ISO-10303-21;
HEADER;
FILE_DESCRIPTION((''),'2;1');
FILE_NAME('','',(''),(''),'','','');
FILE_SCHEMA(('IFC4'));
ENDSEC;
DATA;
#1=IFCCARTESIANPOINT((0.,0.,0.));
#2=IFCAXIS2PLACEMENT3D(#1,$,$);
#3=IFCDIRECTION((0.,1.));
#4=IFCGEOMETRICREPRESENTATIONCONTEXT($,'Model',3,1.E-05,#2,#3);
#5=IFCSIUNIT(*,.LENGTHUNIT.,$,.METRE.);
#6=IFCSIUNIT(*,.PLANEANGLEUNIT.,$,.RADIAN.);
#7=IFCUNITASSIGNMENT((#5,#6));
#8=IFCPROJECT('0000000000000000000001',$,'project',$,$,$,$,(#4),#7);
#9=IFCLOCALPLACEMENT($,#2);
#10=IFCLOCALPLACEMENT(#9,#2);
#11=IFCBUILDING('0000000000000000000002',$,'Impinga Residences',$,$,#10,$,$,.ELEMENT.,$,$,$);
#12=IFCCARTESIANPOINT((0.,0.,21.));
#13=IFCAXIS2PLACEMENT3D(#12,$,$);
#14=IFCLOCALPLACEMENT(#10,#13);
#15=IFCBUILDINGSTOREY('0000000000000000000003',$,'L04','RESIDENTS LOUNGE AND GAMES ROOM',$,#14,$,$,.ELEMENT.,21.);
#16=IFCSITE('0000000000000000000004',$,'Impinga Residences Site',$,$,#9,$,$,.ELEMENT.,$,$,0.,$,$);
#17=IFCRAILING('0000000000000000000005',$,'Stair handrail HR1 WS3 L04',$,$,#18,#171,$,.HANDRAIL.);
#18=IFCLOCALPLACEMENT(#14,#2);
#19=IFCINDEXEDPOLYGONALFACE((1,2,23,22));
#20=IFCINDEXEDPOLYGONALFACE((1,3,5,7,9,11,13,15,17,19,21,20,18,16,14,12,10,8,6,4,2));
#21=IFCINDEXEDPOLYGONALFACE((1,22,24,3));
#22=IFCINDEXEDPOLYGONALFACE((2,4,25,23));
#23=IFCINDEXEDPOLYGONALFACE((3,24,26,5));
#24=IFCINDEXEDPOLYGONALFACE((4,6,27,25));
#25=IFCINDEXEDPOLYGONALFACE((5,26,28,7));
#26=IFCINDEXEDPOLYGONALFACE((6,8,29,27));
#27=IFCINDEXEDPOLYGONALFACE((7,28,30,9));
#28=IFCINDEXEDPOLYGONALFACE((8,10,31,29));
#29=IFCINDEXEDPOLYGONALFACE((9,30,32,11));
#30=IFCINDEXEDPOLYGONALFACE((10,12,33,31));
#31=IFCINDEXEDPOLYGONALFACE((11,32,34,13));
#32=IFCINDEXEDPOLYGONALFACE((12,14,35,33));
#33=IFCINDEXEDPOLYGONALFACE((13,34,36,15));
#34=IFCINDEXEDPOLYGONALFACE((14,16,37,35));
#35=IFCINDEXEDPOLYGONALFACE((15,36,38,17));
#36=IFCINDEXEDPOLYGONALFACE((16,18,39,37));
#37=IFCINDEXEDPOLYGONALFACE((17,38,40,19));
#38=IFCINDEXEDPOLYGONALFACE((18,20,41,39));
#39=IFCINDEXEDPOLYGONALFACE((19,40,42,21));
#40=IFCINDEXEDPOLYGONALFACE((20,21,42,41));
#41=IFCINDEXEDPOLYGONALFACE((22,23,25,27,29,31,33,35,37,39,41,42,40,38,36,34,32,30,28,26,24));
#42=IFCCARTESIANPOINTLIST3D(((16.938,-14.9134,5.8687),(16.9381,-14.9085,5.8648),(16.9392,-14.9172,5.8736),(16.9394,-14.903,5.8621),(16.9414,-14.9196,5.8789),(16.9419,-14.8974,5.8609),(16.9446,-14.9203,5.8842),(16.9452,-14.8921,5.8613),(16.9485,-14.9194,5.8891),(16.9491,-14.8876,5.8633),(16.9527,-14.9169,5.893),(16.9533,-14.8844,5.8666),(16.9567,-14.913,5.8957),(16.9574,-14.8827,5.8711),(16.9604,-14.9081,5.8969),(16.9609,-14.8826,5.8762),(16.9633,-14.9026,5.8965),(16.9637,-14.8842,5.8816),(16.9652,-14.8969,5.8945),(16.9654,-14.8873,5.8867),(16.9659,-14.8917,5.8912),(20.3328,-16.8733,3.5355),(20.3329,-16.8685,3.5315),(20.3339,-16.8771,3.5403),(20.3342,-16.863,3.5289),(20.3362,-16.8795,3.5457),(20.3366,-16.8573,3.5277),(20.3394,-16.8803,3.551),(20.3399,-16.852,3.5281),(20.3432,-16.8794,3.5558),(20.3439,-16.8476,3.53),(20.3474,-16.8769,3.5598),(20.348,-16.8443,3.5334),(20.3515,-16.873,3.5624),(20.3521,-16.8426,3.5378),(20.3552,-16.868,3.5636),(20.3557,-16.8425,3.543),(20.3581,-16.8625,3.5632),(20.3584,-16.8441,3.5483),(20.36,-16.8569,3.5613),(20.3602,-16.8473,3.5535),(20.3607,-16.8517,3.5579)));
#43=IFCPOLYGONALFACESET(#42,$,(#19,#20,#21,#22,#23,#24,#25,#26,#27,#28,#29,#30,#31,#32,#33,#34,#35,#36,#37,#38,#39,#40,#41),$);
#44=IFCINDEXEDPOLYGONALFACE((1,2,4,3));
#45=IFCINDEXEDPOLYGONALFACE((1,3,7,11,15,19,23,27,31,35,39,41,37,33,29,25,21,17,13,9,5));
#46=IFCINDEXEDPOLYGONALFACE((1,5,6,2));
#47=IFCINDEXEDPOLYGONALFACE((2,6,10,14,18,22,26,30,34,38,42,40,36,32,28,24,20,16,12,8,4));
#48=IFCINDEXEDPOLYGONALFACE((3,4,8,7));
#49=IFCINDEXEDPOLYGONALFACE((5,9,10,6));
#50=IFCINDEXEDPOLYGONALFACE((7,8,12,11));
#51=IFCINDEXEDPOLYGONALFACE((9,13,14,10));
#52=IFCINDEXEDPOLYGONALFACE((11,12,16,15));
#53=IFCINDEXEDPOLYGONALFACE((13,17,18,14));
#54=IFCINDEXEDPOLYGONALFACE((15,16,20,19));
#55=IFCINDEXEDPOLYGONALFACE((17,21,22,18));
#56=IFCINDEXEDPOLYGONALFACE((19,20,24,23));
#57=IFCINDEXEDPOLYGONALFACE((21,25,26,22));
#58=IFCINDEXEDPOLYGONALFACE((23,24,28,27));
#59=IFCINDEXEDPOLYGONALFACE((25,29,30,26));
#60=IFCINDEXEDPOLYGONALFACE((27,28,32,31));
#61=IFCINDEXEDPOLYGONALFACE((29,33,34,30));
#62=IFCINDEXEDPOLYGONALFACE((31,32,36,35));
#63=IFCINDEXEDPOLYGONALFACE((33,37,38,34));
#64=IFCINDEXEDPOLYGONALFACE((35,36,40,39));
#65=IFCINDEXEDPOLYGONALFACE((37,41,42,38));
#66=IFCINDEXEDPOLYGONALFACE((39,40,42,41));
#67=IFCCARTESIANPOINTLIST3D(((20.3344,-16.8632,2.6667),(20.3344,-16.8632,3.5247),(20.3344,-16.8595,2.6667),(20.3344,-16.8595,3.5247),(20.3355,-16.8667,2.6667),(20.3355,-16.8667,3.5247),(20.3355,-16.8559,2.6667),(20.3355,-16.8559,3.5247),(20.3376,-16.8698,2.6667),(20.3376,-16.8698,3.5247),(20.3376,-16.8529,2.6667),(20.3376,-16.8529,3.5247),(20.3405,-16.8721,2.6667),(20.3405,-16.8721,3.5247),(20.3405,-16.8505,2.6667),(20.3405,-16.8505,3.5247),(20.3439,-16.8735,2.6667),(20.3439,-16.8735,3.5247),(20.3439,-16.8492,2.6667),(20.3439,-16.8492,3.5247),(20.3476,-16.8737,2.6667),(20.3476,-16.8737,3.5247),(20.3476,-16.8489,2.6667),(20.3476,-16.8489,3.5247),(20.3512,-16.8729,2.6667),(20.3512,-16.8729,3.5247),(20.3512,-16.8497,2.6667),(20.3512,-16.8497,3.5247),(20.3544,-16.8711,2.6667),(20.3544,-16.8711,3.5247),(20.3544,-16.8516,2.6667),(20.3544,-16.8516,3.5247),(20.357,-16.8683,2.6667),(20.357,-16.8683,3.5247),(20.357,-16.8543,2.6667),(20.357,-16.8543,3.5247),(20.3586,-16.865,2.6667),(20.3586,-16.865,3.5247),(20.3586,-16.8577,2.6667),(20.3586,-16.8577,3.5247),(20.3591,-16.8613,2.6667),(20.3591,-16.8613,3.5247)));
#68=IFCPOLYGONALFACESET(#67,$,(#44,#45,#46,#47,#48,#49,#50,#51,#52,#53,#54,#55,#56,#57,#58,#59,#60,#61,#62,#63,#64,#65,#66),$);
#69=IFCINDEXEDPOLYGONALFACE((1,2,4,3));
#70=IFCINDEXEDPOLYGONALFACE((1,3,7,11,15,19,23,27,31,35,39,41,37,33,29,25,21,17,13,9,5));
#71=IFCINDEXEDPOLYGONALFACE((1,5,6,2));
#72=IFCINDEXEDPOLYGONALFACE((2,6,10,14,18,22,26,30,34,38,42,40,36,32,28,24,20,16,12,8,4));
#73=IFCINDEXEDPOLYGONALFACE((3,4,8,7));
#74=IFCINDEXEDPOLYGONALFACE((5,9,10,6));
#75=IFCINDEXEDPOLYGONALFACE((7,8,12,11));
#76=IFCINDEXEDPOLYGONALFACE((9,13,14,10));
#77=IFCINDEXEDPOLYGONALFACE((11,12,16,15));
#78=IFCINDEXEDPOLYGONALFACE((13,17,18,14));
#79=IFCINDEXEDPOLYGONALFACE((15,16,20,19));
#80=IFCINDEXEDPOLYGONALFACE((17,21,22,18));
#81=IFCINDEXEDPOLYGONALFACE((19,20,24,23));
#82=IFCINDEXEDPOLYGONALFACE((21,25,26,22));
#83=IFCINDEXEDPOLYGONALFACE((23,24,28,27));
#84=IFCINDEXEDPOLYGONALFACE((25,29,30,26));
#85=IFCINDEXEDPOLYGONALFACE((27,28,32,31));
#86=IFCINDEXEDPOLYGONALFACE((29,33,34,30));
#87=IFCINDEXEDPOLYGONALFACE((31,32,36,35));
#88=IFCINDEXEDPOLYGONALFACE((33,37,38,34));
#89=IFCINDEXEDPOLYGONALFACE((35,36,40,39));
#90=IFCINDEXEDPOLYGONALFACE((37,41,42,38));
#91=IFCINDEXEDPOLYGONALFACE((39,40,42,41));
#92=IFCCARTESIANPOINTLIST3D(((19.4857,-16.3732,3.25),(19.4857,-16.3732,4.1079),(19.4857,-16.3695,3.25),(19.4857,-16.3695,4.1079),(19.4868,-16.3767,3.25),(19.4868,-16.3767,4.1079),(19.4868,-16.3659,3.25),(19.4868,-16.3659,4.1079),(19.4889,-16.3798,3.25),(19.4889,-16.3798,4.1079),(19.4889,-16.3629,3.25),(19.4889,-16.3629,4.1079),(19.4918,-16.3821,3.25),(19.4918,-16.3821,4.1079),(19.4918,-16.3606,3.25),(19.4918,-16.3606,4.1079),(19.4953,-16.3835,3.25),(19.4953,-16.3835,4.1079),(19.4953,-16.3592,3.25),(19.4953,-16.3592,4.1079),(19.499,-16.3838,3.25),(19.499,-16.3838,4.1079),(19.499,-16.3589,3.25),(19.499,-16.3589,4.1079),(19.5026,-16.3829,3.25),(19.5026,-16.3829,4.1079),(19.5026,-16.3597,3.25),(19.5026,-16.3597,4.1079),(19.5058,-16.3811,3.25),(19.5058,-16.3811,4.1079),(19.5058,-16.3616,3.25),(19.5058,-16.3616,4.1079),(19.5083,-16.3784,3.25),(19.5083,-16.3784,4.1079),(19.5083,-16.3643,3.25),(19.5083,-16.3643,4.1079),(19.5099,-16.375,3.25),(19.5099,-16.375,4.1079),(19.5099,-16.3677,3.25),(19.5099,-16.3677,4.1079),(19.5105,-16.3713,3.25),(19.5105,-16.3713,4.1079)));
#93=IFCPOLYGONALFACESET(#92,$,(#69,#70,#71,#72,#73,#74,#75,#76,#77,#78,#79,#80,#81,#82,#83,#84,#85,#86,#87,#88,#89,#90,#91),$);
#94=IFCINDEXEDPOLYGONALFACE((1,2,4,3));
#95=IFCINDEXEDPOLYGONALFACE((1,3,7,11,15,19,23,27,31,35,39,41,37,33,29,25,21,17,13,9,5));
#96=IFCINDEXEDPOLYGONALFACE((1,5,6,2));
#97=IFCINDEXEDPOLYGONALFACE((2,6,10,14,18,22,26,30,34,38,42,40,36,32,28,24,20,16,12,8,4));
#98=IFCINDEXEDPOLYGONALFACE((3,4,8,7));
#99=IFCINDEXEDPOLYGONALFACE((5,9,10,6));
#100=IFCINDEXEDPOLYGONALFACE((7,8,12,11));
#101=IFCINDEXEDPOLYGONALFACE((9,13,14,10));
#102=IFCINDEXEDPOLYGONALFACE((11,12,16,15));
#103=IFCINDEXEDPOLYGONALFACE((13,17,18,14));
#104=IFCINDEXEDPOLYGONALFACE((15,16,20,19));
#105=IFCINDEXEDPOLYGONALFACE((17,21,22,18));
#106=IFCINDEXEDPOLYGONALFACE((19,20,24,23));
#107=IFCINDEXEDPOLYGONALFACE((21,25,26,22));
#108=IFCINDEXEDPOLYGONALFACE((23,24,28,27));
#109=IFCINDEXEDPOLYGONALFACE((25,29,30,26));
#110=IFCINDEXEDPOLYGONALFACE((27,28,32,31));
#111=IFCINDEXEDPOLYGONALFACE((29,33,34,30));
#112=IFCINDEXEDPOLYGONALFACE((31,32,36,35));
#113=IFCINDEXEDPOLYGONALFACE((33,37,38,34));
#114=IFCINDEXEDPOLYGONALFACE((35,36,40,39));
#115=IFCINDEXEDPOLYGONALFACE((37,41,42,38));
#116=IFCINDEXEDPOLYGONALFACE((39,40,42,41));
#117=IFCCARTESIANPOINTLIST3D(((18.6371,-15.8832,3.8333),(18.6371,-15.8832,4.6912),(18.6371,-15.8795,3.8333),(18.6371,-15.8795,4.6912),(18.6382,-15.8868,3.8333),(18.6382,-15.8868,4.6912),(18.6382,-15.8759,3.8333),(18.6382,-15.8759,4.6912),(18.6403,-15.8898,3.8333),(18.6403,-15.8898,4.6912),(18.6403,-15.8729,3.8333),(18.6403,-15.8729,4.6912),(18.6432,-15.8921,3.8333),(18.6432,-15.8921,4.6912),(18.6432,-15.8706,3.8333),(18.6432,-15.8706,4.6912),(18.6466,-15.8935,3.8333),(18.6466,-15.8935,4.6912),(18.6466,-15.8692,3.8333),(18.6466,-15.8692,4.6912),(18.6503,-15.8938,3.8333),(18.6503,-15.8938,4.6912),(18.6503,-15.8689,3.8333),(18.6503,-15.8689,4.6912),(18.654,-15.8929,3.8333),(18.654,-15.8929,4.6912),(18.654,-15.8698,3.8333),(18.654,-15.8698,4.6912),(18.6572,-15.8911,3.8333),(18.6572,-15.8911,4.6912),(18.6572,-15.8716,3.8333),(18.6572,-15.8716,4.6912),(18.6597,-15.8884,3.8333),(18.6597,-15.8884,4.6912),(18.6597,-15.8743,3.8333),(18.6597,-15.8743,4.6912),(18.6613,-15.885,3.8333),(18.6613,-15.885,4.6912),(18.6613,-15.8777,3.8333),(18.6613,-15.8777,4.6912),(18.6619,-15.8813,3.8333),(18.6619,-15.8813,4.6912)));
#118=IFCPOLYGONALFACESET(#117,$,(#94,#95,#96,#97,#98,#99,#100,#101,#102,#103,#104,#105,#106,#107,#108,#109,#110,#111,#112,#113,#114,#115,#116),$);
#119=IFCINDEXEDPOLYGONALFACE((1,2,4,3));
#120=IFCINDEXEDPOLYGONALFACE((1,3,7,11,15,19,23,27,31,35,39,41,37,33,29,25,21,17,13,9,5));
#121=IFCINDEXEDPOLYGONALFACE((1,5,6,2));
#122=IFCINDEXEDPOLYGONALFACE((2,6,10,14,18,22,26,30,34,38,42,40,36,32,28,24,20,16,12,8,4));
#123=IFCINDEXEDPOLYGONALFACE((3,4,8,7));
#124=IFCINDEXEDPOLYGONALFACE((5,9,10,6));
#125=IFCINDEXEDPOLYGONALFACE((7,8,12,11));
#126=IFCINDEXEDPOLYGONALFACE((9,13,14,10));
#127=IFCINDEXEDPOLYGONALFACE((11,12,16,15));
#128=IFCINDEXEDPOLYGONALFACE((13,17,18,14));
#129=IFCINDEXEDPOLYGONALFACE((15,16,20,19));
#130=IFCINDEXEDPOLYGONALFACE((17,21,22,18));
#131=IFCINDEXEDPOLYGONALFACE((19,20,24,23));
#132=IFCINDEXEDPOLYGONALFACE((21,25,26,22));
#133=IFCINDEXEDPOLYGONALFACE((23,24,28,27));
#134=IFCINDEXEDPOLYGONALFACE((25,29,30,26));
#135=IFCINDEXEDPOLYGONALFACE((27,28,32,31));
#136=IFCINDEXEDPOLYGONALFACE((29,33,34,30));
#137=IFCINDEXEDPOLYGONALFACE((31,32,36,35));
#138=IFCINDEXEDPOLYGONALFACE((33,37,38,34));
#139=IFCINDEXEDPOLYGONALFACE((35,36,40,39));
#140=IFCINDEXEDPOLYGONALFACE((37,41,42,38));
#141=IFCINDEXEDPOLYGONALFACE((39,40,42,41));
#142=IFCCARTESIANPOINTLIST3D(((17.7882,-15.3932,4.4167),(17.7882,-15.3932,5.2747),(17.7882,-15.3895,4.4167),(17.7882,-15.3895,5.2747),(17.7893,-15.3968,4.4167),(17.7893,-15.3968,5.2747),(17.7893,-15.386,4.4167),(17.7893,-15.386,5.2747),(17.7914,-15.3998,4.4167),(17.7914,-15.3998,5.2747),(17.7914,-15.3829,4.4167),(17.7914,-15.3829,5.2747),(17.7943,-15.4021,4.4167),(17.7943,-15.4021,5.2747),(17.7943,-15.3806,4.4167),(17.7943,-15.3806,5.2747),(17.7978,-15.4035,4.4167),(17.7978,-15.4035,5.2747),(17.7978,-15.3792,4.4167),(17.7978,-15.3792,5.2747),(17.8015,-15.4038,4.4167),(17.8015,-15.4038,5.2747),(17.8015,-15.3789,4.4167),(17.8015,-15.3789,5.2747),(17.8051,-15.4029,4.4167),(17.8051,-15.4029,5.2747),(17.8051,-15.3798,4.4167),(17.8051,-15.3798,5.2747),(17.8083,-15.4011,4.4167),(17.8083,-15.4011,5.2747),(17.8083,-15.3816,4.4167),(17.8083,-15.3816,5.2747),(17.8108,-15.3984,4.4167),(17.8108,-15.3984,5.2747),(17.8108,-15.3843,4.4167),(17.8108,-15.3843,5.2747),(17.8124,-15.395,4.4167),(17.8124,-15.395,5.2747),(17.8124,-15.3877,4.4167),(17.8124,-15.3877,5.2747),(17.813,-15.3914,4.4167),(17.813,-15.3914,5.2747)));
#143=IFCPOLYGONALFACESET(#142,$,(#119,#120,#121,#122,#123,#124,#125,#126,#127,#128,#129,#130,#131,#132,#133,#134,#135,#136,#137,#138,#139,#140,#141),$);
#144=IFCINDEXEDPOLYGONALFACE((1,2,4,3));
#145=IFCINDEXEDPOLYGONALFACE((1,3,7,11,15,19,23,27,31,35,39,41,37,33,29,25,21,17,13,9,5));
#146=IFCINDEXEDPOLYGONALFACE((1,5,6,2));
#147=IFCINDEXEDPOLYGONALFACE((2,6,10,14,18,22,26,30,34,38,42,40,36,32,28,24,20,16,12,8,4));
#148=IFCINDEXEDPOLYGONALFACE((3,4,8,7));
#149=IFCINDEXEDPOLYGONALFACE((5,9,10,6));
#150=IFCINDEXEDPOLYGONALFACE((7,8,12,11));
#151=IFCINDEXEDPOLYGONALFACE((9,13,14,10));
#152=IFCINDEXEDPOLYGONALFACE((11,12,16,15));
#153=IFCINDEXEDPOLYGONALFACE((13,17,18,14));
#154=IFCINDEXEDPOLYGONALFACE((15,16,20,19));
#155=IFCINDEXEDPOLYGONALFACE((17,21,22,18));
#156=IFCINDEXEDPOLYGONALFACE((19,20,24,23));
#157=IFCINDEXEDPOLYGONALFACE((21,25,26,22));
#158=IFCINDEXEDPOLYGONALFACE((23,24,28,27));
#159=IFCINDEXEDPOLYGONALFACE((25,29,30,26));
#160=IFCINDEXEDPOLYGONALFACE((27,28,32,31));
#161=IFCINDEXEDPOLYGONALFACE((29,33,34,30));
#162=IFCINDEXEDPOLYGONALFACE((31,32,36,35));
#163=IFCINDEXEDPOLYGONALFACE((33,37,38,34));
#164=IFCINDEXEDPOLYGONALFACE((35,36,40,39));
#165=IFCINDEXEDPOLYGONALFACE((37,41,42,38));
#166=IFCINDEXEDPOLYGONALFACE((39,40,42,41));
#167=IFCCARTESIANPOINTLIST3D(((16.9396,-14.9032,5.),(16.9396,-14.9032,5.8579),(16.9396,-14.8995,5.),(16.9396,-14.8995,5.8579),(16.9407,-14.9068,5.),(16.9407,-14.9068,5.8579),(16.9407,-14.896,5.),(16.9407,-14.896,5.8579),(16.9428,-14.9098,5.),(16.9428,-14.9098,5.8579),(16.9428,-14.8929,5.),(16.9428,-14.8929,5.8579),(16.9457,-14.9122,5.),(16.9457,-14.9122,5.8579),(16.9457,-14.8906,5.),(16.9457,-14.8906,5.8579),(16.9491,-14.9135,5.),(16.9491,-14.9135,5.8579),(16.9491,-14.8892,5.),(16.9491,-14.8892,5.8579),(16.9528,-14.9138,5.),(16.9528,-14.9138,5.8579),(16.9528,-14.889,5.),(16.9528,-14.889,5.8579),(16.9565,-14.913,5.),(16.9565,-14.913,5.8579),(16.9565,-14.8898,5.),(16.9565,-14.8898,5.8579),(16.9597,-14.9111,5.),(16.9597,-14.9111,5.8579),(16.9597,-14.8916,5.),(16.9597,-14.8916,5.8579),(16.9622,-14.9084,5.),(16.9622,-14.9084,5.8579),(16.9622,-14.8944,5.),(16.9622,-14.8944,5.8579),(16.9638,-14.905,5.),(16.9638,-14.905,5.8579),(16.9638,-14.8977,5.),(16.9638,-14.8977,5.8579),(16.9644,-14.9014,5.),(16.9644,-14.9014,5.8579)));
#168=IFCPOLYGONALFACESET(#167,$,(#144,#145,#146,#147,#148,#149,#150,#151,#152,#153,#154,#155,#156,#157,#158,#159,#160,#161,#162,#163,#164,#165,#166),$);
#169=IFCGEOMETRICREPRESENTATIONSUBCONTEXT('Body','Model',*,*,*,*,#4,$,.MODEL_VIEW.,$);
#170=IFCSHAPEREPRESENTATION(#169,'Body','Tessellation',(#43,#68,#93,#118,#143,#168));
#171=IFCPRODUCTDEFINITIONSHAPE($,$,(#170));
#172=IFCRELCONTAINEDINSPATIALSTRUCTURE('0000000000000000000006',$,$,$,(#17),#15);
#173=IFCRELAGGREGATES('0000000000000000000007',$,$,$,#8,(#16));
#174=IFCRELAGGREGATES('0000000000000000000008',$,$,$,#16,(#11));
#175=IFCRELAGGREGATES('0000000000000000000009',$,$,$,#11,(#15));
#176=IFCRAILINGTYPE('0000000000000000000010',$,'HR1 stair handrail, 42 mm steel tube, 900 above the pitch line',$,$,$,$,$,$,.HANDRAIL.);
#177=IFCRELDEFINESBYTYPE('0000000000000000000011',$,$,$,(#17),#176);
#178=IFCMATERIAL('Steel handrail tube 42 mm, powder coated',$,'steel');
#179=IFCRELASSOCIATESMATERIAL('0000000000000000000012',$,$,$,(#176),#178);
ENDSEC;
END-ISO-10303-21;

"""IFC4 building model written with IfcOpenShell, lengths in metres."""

from ifc_helpers import new_model, si_unit, direction, frame, origin, origin_2d, place, context, subcontext, project, spatial, circle, extrude, material, type_object, element, save


model = new_model("IFC4")

# Units and contexts
model_context = context("Model", 3, precision=1e-05, world=origin(), true_north=direction((0.0, 1.0)))
body_context = subcontext(model_context, "Body", "Model", "MODEL_VIEW")
ifc_project = project(units=[si_unit("LENGTHUNIT", "METRE"), si_unit("PLANEANGLEUNIT", "RADIAN")], contexts=[model_context])

# Site, building, storey
site_placement = place(None, origin())
site = spatial("IfcSite", under=ifc_project, at=site_placement, Name="Impinga Residences Site", CompositionType="ELEMENT", RefElevation=0.0)
building_placement = place(site_placement, origin())
building = spatial("IfcBuilding", under=site, at=building_placement, Name="Impinga Residences", CompositionType="ELEMENT")
storey_placement = place(building_placement, frame((0.0, 0.0, 21.0)))
storey = spatial("IfcBuildingStorey", under=building, at=storey_placement, Name="L04", Description="RESIDENTS LOUNGE AND GAMES ROOM", CompositionType="ELEMENT", Elevation=21.0)

# Railing
ifc_material_1 = material(Name="Steel handrail tube 42 mm, powder coated", Category="steel")
railing_type = type_object("IfcRailingType", Name="HR1 stair handrail, 42 mm steel tube, 900 above the pitch line", PredefinedType="HANDRAIL", material=ifc_material_1)
railing_placement = place(storey_placement, frame((20.3467, -16.8613, 2.6667)))
element("IfcRailing", 1, at=railing_placement, inside=storey, type_object=railing_type, Name="Stair handrail HR1 WS3 L04", PredefinedType="HANDRAIL", context=body_context, shape_type="SweptSolid", body=[
    extrude(circle(Radius=0.021, at=origin_2d()), frame((0.0, 0.0, 0.8789), z_axis=(-0.744175, 0.429646, 0.511476), x_axis=(-0.499997, -0.866027, 0.0)), (0.0, 0.0, 1.0), 4.5618),
    extrude(circle(Radius=0.0125, at=origin_2d()), origin(), (0.0, 0.0, 1.0), 0.8579),
    extrude(circle(Radius=0.0125, at=origin_2d()), frame((-0.8486, 0.49, 0.5833)), (0.0, 0.0, 1.0), 0.8579),
    extrude(circle(Radius=0.0125, at=origin_2d()), frame((-1.6973, 0.98, 1.1665)), (0.0, 0.0, 1.0), 0.8579),
    extrude(circle(Radius=0.0125, at=origin_2d()), frame((-2.5461, 1.47, 1.75)), (0.0, 0.0, 1.0), 0.8579),
    extrude(circle(Radius=0.0125, at=origin_2d()), frame((-3.3948, 1.96, 2.3333)), (0.0, 0.0, 1.0), 0.8579),
])

save(model, "model.ifc")
